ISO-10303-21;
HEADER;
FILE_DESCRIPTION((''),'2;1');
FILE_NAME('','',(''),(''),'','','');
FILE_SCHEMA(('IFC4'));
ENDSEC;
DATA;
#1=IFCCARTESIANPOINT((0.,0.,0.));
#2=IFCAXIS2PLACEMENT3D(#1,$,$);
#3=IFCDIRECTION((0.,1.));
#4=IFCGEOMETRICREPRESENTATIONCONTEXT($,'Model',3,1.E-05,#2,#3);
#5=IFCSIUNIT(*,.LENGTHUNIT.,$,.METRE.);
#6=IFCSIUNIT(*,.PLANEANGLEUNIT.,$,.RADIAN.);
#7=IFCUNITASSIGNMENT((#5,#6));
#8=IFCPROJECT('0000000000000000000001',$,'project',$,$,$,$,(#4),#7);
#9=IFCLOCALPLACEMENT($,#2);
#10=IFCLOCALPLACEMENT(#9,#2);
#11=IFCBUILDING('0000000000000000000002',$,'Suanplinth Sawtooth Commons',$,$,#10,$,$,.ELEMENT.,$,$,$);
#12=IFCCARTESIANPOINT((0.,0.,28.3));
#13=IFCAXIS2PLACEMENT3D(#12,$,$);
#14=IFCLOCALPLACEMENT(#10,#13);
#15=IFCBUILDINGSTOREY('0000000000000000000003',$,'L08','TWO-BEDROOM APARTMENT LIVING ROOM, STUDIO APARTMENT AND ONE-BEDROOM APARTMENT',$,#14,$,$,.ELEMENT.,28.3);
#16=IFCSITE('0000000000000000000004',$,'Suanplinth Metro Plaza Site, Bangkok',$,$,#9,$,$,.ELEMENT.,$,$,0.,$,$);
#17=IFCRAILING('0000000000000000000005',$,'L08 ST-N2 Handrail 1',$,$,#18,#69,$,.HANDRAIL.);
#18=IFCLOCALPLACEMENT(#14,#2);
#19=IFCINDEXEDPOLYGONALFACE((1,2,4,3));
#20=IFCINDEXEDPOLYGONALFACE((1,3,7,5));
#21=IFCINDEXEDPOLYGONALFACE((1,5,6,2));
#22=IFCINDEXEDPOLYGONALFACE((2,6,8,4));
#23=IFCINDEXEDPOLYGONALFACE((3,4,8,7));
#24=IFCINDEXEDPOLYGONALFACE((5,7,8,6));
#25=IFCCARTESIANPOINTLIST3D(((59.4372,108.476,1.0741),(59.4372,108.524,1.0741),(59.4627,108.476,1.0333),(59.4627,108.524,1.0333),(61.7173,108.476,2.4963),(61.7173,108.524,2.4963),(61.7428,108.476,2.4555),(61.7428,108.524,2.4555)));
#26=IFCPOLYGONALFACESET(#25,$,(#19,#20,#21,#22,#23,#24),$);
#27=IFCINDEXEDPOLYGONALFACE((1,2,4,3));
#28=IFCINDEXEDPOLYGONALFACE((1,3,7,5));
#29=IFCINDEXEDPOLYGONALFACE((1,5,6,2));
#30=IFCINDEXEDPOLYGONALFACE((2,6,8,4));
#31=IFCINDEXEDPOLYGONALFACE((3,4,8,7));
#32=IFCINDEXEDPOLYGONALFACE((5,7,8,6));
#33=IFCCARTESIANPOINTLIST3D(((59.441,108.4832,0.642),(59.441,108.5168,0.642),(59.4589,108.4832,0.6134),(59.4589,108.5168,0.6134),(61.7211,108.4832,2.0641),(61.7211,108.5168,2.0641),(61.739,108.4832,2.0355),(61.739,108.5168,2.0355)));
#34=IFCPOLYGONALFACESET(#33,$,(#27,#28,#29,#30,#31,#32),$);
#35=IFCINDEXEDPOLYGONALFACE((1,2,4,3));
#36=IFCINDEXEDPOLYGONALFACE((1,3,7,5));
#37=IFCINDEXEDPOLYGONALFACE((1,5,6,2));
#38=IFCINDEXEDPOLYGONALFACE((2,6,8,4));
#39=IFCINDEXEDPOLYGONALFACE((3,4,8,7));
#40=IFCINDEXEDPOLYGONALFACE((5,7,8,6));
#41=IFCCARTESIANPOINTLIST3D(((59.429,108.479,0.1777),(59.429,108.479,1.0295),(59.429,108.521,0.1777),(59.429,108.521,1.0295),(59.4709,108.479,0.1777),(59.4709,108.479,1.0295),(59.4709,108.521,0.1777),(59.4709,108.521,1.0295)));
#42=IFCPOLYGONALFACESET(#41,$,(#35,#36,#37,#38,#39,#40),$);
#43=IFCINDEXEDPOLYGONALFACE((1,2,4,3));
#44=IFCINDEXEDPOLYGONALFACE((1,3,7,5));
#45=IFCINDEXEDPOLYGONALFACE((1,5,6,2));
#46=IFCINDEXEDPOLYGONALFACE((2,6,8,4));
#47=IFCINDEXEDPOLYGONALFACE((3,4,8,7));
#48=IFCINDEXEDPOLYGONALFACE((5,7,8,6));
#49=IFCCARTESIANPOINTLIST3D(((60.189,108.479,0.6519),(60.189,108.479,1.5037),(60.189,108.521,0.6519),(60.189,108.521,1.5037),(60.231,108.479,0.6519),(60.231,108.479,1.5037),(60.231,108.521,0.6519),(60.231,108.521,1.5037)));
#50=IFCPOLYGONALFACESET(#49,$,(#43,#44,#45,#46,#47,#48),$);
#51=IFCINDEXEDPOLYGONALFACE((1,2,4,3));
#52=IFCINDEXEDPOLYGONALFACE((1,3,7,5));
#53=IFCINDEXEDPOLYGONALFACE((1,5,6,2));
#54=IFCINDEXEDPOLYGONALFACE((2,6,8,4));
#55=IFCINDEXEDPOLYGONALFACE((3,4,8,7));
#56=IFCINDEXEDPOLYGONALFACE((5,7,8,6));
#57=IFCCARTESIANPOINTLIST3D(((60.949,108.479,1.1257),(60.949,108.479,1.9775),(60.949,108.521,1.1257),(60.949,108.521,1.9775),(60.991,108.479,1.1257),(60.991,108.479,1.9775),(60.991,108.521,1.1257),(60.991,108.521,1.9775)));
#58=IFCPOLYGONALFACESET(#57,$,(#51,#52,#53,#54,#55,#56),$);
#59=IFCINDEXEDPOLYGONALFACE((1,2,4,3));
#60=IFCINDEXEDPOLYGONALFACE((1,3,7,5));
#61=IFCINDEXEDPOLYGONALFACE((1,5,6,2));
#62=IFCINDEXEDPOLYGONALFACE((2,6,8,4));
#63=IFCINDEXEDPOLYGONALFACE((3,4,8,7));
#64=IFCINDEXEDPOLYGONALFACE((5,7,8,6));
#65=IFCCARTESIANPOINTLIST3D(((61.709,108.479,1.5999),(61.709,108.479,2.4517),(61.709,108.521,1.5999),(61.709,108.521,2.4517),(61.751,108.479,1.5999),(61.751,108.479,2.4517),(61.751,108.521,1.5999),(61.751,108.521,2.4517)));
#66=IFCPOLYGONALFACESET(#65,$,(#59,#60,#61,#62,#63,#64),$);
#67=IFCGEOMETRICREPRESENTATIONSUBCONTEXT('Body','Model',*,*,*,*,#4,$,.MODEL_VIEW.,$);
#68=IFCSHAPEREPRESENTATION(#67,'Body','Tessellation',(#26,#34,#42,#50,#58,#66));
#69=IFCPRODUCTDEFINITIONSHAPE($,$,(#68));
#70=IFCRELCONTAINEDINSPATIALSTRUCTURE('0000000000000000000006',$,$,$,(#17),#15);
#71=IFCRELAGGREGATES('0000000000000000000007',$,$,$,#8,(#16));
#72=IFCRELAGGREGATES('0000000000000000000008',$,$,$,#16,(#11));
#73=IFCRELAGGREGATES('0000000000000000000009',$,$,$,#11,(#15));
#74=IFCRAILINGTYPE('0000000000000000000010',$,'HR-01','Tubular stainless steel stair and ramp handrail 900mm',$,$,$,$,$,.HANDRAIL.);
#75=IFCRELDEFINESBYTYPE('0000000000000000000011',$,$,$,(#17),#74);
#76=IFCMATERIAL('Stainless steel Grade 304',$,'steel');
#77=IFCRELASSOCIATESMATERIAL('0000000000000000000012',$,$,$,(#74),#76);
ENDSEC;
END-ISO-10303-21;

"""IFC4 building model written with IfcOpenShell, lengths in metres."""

from ifc_helpers import new_model, si_unit, direction, frame, origin, origin_2d, place, context, subcontext, project, spatial, rectangle, extrude, material, type_object, element, save


model = new_model("IFC4")

# Units and contexts
model_context = context("Model", 3, precision=1e-05, world=origin(), true_north=direction((0.0, 1.0)))
body_context = subcontext(model_context, "Body", "Model", "MODEL_VIEW")
ifc_project = project(units=[si_unit("LENGTHUNIT", "METRE"), si_unit("PLANEANGLEUNIT", "RADIAN")], contexts=[model_context])

# Site, building, storey
site_placement = place(None, origin())
site = spatial("IfcSite", under=ifc_project, at=site_placement, Name="Suanplinth Metro Plaza Site, Bangkok", CompositionType="ELEMENT", RefElevation=0.0)
building_placement = place(site_placement, origin())
building = spatial("IfcBuilding", under=site, at=building_placement, Name="Suanplinth Sawtooth Commons", CompositionType="ELEMENT")
storey_placement = place(building_placement, frame((0.0, 0.0, 28.3)))
storey = spatial("IfcBuildingStorey", under=building, at=storey_placement, Name="L08", Description="TWO-BEDROOM APARTMENT LIVING ROOM, STUDIO APARTMENT AND ONE-BEDROOM APARTMENT", CompositionType="ELEMENT", Elevation=28.3)

# Shared definitions
ifc_material_1 = material(Name="Stainless steel Grade 304", Category="steel")

# Railing
railing_type_1 = type_object("IfcRailingType", Name="HR-01", Description="Tubular stainless steel stair and ramp handrail 900mm", PredefinedType="HANDRAIL", material=ifc_material_1)
railing_1_placement = place(storey_placement, frame((59.45, 108.5, 0.1777)))
element("IfcRailing", 1, at=railing_1_placement, inside=storey, type_object=railing_type_1, Name="L08 ST-N2 Handrail 1", PredefinedType="HANDRAIL", context=body_context, shape_type="SweptSolid", body=[
    extrude(rectangle(XDim=0.0481, YDim=0.0481, at=origin_2d()), frame((0.0, 0.0, 0.876), z_axis=(0.848483, 0.0, 0.529223), x_axis=(0.0, 1.0, 0.0)), (0.0, 0.0, 1.0), 2.6873),
    extrude(rectangle(XDim=0.0337, YDim=0.0337, at=origin_2d()), frame((0.0, 0.0, 0.45), z_axis=(0.848483, 0.0, 0.529223), x_axis=(0.0, 1.0, 0.0)), (0.0, 0.0, 1.0), 2.6873),
    extrude(rectangle(XDim=0.042, YDim=0.042, at=origin_2d()), origin(), (0.0, 0.0, 1.0), 0.8518),
    extrude(rectangle(XDim=0.042, YDim=0.042, at=origin_2d()), frame((0.76, 0.0, 0.4741)), (0.0, 0.0, 1.0), 0.8518),
    extrude(rectangle(XDim=0.042, YDim=0.042, at=origin_2d()), frame((1.52, 0.0, 0.948)), (0.0, 0.0, 1.0), 0.8518),
    extrude(rectangle(XDim=0.042, YDim=0.042, at=origin_2d()), frame((2.28, 0.0, 1.4221)), (0.0, 0.0, 1.0), 0.8518),
])

save(model, "model.ifc")
